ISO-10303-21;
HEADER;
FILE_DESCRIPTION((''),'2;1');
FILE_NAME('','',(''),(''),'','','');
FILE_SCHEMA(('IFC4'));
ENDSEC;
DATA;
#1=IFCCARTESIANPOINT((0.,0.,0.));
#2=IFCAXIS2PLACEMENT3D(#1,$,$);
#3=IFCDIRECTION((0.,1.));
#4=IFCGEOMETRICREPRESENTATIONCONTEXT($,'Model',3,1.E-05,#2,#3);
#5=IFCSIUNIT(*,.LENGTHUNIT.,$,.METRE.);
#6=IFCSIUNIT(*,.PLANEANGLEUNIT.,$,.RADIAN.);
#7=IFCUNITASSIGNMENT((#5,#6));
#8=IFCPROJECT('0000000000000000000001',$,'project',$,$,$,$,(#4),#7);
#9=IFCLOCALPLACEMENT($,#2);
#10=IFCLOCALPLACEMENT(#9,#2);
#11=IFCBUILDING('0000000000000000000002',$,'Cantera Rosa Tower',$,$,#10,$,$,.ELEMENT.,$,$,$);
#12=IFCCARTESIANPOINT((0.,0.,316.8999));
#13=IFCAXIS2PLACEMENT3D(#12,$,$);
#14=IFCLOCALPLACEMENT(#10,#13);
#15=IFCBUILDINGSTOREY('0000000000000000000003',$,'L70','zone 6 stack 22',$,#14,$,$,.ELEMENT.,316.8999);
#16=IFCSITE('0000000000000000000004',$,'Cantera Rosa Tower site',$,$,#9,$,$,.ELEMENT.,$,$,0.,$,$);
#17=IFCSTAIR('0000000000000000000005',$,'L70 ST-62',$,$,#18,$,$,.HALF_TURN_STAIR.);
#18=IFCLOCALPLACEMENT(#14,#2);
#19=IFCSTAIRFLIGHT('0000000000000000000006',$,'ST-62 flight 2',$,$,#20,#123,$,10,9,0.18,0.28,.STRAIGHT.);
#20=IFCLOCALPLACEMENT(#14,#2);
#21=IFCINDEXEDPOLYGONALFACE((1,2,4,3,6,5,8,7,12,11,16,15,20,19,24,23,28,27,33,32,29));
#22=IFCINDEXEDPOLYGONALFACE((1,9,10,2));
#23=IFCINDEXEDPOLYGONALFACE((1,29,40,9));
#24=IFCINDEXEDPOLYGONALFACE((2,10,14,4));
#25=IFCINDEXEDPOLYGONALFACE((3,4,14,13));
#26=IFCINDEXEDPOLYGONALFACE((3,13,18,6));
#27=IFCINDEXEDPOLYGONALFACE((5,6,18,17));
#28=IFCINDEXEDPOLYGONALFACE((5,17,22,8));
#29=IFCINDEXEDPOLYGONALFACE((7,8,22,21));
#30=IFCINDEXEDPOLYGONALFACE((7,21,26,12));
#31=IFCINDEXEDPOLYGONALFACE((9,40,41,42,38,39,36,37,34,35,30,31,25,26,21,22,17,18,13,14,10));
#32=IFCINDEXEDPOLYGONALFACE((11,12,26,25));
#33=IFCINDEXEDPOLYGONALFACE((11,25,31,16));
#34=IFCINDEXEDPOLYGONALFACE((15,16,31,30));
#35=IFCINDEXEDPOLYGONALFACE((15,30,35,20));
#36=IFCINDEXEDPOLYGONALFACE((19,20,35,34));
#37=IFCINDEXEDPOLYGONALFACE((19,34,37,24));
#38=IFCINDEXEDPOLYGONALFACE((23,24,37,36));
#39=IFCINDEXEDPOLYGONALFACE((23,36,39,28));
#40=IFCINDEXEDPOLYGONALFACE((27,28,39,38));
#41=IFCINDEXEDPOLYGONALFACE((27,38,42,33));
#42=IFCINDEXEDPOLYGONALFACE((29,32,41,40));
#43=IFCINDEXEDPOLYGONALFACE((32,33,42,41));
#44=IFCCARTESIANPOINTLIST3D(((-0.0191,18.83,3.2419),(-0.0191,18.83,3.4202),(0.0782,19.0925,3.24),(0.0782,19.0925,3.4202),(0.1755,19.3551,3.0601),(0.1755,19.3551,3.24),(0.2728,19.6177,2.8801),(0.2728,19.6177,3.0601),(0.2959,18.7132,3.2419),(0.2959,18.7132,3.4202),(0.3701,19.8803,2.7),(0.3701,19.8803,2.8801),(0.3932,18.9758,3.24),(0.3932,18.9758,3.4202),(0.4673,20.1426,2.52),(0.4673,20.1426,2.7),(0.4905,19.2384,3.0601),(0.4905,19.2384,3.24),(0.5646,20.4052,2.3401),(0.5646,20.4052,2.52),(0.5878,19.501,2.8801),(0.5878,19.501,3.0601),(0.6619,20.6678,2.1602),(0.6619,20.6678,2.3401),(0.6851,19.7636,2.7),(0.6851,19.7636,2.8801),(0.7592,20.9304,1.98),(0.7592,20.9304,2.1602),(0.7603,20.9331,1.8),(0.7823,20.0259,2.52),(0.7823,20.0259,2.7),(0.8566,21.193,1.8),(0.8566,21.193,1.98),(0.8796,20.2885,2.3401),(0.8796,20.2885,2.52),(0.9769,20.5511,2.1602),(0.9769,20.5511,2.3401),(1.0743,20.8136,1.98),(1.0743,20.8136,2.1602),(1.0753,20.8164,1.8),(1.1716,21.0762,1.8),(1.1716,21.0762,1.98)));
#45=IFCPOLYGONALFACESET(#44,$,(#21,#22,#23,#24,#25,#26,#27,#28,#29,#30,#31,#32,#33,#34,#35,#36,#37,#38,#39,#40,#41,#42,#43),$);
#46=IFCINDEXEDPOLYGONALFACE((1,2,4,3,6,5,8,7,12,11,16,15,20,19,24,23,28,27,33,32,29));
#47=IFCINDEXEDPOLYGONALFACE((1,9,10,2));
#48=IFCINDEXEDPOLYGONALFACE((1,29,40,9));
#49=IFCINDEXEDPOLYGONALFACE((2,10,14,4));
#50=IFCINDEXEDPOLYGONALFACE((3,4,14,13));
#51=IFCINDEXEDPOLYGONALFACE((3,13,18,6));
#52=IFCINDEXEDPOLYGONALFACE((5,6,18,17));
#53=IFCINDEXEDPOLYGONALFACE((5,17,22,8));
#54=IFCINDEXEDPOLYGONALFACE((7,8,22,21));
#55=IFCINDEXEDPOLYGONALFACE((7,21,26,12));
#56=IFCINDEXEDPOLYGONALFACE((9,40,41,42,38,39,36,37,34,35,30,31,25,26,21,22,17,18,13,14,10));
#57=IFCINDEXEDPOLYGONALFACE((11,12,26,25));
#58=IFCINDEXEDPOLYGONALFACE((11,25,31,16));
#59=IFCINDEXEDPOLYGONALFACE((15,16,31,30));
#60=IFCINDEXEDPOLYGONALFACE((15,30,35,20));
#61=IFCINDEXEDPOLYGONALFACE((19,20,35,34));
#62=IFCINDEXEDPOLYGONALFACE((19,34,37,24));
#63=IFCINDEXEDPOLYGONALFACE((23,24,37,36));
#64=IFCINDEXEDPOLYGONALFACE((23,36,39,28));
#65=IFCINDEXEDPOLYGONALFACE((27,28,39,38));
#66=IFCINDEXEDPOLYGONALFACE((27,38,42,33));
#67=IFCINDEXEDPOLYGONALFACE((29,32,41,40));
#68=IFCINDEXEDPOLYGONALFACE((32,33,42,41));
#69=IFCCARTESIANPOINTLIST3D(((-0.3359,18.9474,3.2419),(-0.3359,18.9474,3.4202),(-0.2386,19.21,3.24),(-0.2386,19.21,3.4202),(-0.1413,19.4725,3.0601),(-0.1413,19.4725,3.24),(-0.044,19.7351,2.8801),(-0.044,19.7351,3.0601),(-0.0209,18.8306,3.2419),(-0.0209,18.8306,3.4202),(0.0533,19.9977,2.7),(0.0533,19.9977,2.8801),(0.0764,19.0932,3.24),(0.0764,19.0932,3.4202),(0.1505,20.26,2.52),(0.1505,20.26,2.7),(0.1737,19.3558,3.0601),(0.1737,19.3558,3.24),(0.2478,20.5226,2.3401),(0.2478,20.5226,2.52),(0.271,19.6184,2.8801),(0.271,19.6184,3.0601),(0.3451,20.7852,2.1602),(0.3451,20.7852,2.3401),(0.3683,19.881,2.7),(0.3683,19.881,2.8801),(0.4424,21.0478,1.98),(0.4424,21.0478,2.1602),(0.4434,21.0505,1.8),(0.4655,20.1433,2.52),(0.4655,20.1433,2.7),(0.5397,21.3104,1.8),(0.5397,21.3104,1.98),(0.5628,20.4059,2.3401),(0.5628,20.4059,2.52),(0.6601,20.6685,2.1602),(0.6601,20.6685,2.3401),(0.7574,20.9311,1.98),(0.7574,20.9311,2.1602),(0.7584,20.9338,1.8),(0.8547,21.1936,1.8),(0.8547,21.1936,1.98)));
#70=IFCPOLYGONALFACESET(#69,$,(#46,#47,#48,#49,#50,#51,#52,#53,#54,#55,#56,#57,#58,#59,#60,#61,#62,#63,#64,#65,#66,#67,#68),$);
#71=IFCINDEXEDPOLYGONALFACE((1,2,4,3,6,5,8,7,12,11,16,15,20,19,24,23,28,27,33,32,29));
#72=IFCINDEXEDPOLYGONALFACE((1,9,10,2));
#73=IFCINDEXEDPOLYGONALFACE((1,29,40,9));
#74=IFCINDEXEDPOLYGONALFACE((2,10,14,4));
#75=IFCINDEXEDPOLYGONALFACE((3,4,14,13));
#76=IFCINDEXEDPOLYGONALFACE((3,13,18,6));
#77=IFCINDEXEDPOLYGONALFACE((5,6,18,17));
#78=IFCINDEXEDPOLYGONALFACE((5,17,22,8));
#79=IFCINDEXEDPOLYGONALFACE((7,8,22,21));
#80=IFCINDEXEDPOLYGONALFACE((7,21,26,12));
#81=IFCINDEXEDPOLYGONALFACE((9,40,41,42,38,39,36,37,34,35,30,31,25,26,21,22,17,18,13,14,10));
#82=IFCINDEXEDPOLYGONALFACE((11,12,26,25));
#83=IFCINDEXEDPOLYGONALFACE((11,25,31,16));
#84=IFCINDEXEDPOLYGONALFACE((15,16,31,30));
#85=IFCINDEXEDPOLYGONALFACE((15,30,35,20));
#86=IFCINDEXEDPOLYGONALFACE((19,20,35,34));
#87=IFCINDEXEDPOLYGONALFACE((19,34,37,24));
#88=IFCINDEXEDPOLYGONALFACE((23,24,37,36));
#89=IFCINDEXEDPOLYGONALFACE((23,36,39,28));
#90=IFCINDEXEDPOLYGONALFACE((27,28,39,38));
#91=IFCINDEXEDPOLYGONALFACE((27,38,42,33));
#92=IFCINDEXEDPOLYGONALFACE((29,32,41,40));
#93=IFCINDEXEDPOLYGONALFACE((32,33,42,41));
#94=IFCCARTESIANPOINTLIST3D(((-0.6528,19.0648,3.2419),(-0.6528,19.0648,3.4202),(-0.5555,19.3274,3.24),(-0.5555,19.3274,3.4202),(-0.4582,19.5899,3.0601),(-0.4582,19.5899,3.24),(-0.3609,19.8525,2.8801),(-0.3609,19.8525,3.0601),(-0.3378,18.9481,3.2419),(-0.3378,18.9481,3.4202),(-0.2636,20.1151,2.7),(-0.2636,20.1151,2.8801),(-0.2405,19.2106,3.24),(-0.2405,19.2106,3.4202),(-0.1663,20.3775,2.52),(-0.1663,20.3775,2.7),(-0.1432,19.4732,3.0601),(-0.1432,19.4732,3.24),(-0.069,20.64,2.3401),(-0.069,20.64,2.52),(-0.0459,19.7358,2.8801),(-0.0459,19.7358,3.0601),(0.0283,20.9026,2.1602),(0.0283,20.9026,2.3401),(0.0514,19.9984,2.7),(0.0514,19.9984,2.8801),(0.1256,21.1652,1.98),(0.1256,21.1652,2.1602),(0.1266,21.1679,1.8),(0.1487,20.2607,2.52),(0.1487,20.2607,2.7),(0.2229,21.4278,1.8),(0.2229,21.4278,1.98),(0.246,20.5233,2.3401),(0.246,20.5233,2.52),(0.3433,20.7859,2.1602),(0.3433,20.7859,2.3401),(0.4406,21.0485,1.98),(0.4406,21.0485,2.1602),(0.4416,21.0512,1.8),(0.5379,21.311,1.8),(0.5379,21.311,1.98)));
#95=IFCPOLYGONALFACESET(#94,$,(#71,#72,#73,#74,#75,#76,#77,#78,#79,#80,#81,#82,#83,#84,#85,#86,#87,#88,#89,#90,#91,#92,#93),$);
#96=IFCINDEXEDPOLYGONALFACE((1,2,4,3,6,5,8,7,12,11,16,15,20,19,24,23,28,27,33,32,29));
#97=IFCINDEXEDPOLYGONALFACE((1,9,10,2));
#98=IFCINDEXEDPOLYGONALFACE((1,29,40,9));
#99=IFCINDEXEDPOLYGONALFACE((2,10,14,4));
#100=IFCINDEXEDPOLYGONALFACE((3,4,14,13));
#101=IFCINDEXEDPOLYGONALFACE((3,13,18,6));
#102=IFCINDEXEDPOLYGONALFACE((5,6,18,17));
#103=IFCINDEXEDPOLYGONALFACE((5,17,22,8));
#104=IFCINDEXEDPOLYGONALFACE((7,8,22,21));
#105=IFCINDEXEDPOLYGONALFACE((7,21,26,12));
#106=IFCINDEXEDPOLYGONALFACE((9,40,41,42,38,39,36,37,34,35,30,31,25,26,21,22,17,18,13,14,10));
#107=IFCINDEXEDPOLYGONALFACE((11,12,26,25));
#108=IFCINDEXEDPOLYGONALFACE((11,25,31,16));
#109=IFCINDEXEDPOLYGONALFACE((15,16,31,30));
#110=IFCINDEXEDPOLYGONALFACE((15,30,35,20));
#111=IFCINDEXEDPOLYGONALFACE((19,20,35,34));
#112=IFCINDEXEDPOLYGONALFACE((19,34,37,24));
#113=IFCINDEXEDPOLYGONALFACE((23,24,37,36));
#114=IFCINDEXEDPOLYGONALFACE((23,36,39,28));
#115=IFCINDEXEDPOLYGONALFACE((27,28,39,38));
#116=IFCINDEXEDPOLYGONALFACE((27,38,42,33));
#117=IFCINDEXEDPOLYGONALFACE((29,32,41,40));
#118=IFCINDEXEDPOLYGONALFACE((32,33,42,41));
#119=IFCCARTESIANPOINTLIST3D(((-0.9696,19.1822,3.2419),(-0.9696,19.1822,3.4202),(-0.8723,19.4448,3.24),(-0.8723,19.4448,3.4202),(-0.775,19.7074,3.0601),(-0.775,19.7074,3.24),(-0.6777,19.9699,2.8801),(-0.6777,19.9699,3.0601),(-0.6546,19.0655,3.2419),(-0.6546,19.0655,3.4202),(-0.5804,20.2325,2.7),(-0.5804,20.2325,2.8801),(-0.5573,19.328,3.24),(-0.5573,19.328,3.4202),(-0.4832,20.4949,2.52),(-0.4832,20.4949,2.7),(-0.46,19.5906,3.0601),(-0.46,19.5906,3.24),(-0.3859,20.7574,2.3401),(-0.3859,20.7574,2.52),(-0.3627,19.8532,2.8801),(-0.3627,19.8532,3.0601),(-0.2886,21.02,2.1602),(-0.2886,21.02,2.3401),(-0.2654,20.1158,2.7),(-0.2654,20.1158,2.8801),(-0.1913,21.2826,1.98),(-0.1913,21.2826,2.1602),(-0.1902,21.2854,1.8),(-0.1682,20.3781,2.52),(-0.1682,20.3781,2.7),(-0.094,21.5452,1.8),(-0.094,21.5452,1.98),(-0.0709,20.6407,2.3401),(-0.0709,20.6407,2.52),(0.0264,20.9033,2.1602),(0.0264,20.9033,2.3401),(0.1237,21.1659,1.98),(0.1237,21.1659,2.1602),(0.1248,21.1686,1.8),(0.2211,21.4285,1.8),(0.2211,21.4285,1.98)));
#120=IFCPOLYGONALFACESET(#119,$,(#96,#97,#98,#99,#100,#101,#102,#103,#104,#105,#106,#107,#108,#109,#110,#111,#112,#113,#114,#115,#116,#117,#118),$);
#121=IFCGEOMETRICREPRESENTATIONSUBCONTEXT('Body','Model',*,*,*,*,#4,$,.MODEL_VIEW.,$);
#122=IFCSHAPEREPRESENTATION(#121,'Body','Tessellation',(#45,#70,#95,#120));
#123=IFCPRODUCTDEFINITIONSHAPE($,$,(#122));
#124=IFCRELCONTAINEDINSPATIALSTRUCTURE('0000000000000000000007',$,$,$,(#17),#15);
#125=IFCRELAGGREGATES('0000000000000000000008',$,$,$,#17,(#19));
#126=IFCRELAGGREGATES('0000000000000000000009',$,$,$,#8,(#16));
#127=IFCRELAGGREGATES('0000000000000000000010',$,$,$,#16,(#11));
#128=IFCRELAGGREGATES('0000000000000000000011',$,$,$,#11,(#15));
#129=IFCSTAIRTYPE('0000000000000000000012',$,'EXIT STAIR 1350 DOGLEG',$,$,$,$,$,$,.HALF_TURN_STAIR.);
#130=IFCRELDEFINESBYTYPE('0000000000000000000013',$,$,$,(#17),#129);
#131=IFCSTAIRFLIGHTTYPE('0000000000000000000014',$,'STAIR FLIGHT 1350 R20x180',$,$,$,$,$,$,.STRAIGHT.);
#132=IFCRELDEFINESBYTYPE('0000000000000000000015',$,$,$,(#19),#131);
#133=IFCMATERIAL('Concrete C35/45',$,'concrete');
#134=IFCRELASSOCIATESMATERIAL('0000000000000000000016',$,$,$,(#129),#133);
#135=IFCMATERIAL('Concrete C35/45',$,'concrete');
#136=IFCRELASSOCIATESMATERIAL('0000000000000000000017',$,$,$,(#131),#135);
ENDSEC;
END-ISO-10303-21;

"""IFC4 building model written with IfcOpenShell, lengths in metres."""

from ifc_helpers import new_model, si_unit, direction, frame, origin, place, context, subcontext, project, spatial, polyline, outline, extrude, material, type_object, element, aggregate, save


model = new_model("IFC4")

# Units and contexts
model_context = context("Model", 3, precision=1e-05, world=origin(), true_north=direction((0.0, 1.0)))
body_context = subcontext(model_context, "Body", "Model", "MODEL_VIEW")
ifc_project = project(units=[si_unit("LENGTHUNIT", "METRE"), si_unit("PLANEANGLEUNIT", "RADIAN")], contexts=[model_context])

# Site, building, storey
site_placement = place(None, origin())
site = spatial("IfcSite", under=ifc_project, at=site_placement, Name="Cantera Rosa Tower site", CompositionType="ELEMENT", RefElevation=0.0)
building_placement = place(site_placement, origin())
building = spatial("IfcBuilding", under=site, at=building_placement, Name="Cantera Rosa Tower", CompositionType="ELEMENT")
storey_placement = place(building_placement, frame((0.0, 0.0, 316.8999)))
storey = spatial("IfcBuildingStorey", under=building, at=storey_placement, Name="L70", Description="zone 6 stack 22", CompositionType="ELEMENT", Elevation=316.8999)

# Stair, stair flight
ifc_material_1 = material(Name="Concrete C35/45", Category="concrete")
stair_type = type_object("IfcStairType", Name="EXIT STAIR 1350 DOGLEG", PredefinedType="HALF_TURN_STAIR", material=ifc_material_1)
stair_placement = place(storey_placement, origin())
stair = element("IfcStair", 1, at=stair_placement, inside=storey, type_object=stair_type, Name="L70 ST-62", PredefinedType="HALF_TURN_STAIR")
ifc_material_2 = material(Name="Concrete C35/45", Category="concrete")
stair_flight_type = type_object("IfcStairFlightType", Name="STAIR FLIGHT 1350 R20x180", PredefinedType="STRAIGHT", material=ifc_material_2)
stair_flight_1_placement = place(storey_placement, frame((0.5386, 21.3108, 1.8), z_axis=(0.0, 0.0, 1.0), x_axis=(-0.347481, -0.937687, 0.0)))
stair_flight_1 = element("IfcStairFlight", 2, at=stair_flight_1_placement, type_object=stair_flight_type, Name="ST-62 flight 2", NumberOfRisers=10, NumberOfTreads=9, PredefinedType="STRAIGHT", RiserHeight=0.18, TreadLength=0.28, context=body_context, shape_type="SweptSolid", body=[
    extrude(outline(polyline([(0.0, 0.0), (0.0, 0.1799), (0.28, 0.1799), (0.28, 0.3601), (0.5601, 0.3601), (0.5601, 0.54), (0.8401, 0.54), (0.8401, 0.72), (1.1201, 0.72), (1.1201, 0.8999), (1.3999, 0.8999), (1.3999, 1.0801), (1.6799, 1.0801), (1.6799, 1.26), (1.96, 1.26), (1.96, 1.4399), (2.24, 1.4399), (2.24, 1.6201), (2.52, 1.6201), (2.52, 1.8), (2.52, 1.4419), (0.2771, 0.0), (0.0, 0.0)])), frame((0.0, 0.675, 0.0), z_axis=(0.0, -1.0, 0.0), x_axis=(1.0, 0.0, 0.0)), (0.0, 0.0, 1.0), 0.3359),
    extrude(outline(polyline([(0.0, 0.0), (0.0, 0.1799), (0.28, 0.1799), (0.28, 0.3601), (0.5601, 0.3601), (0.5601, 0.54), (0.8401, 0.54), (0.8401, 0.72), (1.1201, 0.72), (1.1201, 0.8999), (1.3999, 0.8999), (1.3999, 1.0801), (1.6799, 1.0801), (1.6799, 1.26), (1.96, 1.26), (1.96, 1.4399), (2.24, 1.4399), (2.24, 1.6201), (2.52, 1.6201), (2.52, 1.8), (2.52, 1.4419), (0.2771, 0.0), (0.0, 0.0)])), frame((0.0, 0.3372, 0.0), z_axis=(0.0, -1.0, 0.0), x_axis=(1.0, 0.0, 0.0)), (0.0, 0.0, 1.0), 0.3359),
    extrude(outline(polyline([(0.0, 0.0), (0.0, 0.1799), (0.28, 0.1799), (0.28, 0.3601), (0.5601, 0.3601), (0.5601, 0.54), (0.8401, 0.54), (0.8401, 0.72), (1.1201, 0.72), (1.1201, 0.8999), (1.3999, 0.8999), (1.3999, 1.0801), (1.6799, 1.0801), (1.6799, 1.26), (1.96, 1.26), (1.96, 1.4399), (2.24, 1.4399), (2.24, 1.6201), (2.52, 1.6201), (2.52, 1.8), (2.52, 1.4419), (0.2771, 0.0), (0.0, 0.0)])), frame((0.0, -0.0007, 0.0), z_axis=(0.0, -1.0, 0.0), x_axis=(1.0, 0.0, 0.0)), (0.0, 0.0, 1.0), 0.3359),
    extrude(outline(polyline([(0.0, 0.0), (0.0, 0.1799), (0.28, 0.1799), (0.28, 0.3601), (0.5601, 0.3601), (0.5601, 0.54), (0.8401, 0.54), (0.8401, 0.72), (1.1201, 0.72), (1.1201, 0.8999), (1.3999, 0.8999), (1.3999, 1.0801), (1.6799, 1.0801), (1.6799, 1.26), (1.96, 1.26), (1.96, 1.4399), (2.24, 1.4399), (2.24, 1.6201), (2.52, 1.6201), (2.52, 1.8), (2.52, 1.4419), (0.2771, 0.0), (0.0, 0.0)])), frame((0.0, -0.3386, 0.0), z_axis=(0.0, -1.0, 0.0), x_axis=(1.0, 0.0, 0.0)), (0.0, 0.0, 1.0), 0.3359),
])
aggregate(stair, [stair_flight_1])

save(model, "model.ifc")
